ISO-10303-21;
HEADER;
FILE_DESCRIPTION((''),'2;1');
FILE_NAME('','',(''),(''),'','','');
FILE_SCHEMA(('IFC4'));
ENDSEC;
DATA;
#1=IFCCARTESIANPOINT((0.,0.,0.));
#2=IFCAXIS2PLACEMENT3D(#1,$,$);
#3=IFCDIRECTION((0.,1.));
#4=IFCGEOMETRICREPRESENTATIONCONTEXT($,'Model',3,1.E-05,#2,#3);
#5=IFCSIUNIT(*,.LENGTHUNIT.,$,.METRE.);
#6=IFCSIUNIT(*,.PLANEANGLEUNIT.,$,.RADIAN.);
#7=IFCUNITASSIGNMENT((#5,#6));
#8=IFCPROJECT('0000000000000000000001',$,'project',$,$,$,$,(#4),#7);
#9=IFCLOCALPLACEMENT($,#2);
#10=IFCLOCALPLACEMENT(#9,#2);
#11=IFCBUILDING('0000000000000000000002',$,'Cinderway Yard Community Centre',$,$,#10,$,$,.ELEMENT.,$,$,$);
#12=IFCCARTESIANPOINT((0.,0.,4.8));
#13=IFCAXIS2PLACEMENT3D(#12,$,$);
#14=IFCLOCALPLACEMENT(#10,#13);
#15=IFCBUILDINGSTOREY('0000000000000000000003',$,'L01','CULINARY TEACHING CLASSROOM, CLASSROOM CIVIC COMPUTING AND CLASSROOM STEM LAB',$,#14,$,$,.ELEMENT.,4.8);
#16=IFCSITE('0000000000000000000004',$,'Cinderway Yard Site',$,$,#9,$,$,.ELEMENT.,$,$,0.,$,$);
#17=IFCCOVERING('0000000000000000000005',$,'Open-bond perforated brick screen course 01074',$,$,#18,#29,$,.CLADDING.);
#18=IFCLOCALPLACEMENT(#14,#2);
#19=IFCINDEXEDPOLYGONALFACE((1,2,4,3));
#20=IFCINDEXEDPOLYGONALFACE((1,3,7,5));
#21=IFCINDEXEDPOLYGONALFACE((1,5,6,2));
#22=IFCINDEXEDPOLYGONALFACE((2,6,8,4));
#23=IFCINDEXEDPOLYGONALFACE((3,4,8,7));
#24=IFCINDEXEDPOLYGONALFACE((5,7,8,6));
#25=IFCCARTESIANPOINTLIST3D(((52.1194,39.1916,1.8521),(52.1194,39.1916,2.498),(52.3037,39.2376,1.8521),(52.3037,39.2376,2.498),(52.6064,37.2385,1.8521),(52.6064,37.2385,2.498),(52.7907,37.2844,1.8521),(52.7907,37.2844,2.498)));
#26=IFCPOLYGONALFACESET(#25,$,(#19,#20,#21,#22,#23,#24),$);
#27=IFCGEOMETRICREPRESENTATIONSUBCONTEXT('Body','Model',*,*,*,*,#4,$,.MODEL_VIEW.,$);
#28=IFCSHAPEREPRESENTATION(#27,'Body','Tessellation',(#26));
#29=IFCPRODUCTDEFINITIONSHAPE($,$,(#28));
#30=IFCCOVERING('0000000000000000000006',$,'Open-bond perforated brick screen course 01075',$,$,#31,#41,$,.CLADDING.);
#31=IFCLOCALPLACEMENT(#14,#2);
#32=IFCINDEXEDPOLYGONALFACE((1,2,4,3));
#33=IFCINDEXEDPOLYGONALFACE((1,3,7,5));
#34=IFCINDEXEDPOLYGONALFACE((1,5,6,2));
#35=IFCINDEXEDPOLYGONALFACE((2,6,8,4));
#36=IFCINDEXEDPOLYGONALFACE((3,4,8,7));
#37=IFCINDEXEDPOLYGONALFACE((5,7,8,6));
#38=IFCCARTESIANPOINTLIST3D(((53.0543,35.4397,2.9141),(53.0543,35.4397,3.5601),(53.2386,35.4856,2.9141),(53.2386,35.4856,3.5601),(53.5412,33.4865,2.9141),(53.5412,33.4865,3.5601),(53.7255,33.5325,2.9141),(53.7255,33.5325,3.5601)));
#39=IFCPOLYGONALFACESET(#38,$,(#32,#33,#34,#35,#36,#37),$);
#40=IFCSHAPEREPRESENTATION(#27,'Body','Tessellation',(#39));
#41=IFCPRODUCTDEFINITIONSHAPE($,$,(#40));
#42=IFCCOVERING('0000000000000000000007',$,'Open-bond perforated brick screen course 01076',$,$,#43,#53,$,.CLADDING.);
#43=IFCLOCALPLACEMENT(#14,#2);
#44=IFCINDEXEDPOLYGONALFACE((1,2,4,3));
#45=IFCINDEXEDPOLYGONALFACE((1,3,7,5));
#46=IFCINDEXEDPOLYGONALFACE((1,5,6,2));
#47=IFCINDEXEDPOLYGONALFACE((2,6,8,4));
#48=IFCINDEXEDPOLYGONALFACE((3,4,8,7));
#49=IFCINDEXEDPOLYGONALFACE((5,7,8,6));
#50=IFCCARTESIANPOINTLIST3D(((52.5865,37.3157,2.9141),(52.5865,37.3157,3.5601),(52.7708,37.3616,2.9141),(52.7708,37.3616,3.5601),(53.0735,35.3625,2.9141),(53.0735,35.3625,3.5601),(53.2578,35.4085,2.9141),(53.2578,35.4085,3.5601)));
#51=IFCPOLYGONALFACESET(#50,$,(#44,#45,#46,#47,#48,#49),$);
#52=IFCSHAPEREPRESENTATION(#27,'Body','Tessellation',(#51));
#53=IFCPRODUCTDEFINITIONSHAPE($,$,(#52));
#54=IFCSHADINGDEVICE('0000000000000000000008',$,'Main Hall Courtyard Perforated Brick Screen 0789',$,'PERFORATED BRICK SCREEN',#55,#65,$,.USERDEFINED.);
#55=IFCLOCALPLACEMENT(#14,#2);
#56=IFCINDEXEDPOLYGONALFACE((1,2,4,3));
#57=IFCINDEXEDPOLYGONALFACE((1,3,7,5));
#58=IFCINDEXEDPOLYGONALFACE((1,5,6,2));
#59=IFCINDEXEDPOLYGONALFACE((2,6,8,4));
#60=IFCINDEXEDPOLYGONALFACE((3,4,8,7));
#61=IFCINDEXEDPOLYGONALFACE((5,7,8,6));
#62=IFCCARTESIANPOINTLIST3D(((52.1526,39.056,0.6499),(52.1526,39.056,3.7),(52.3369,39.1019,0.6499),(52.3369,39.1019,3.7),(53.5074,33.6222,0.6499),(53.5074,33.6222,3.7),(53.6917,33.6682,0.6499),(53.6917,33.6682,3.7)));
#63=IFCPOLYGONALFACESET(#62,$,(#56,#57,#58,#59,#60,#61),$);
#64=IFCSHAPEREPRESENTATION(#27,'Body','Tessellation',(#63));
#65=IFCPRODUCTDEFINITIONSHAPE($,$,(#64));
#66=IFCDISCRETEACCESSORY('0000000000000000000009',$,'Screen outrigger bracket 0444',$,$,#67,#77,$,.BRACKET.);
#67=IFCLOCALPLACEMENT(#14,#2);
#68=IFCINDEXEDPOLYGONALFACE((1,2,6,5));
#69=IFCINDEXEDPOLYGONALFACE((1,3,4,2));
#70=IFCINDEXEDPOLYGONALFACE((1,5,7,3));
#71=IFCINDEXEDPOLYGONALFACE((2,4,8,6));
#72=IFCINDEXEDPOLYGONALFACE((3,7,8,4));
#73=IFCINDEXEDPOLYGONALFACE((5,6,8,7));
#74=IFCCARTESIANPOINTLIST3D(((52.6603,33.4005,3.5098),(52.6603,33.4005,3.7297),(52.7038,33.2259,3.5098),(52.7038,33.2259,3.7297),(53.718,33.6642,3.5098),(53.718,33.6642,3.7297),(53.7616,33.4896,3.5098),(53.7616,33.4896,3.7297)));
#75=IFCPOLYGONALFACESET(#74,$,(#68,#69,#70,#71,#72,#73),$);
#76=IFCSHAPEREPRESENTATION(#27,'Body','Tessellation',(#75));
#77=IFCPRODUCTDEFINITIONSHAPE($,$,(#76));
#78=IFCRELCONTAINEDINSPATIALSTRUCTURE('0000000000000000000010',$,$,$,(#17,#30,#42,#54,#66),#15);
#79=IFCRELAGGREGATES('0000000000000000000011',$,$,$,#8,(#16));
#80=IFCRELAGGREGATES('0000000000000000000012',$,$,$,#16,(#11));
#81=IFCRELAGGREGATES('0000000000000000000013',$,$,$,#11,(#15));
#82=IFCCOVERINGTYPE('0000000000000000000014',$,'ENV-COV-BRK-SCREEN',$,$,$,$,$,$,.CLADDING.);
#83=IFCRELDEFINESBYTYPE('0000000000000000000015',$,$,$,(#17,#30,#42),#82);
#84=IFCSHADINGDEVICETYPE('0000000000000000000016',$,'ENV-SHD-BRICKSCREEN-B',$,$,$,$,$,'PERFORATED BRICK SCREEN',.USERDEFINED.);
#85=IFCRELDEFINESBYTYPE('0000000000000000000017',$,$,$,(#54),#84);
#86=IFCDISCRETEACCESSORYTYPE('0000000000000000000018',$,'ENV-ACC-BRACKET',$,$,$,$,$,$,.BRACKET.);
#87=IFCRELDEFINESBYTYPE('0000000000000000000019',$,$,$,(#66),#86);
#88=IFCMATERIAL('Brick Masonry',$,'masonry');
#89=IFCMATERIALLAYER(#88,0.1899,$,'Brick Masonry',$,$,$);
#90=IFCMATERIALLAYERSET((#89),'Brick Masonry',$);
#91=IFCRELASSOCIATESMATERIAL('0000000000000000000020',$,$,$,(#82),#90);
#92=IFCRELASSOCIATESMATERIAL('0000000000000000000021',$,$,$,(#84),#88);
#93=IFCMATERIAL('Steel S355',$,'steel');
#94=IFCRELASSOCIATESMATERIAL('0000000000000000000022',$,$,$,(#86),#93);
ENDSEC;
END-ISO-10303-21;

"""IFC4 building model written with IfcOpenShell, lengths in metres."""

from ifc_helpers import new_model, si_unit, direction, frame, origin, origin_2d, place, context, subcontext, project, spatial, rectangle, extrude, material, layer, layer_set, type_object, element, save


model = new_model("IFC4")

# Units and contexts
model_context = context("Model", 3, precision=1e-05, world=origin(), true_north=direction((0.0, 1.0)))
body_context = subcontext(model_context, "Body", "Model", "MODEL_VIEW")
ifc_project = project(units=[si_unit("LENGTHUNIT", "METRE"), si_unit("PLANEANGLEUNIT", "RADIAN")], contexts=[model_context])

# Site, building, storey
site_placement = place(None, origin())
site = spatial("IfcSite", under=ifc_project, at=site_placement, Name="Cinderway Yard Site", CompositionType="ELEMENT", RefElevation=0.0)
building_placement = place(site_placement, origin())
building = spatial("IfcBuilding", under=site, at=building_placement, Name="Cinderway Yard Community Centre", CompositionType="ELEMENT")
storey_placement = place(building_placement, frame((0.0, 0.0, 4.8)))
storey = spatial("IfcBuildingStorey", under=building, at=storey_placement, Name="L01", Description="CULINARY TEACHING CLASSROOM, CLASSROOM CIVIC COMPUTING AND CLASSROOM STEM LAB", CompositionType="ELEMENT", Elevation=4.8)

# Shared definitions
ifc_material_1 = material(Name="Steel S355", Category="steel")

# Coverings
ifc_material_2 = material(Name="Brick Masonry", Category="masonry")
ifc_layer_1 = layer(ifc_material_2, 0.1899, Name="Brick Masonry")
ifc_layer_set_1 = layer_set([ifc_layer_1], Name="Brick Masonry")
covering_type = type_object("IfcCoveringType", Name="ENV-COV-BRK-SCREEN", PredefinedType="CLADDING", material=ifc_layer_set_1)
for number, where, z_axis, x_axis, name in (
    (1, (52.4551, 38.238, 1.8521), (0.0, 0.0, 1.0), (0.241922, -0.970296, 0.0), "Open-bond perforated brick screen course 01074"),
    (2, (53.3899, 34.4861, 2.9141), (0.0, 0.0, 1.0), (0.241922, -0.970296, 0.0), "Open-bond perforated brick screen course 01075"),
    (3, (52.9221, 36.3621, 2.9141), (0.0, 0.0, 1.0), (0.241922, -0.970296, 0.0), "Open-bond perforated brick screen course 01076"),
):
    element("IfcCovering", number, at=place(storey_placement, frame(where, z_axis=z_axis, x_axis=x_axis)), inside=storey, type_object=covering_type, Name=name, PredefinedType="CLADDING", context=body_context, shape_type="SweptSolid", body=[
        extrude(rectangle(XDim=2.0129, YDim=0.1899, at=origin_2d()), origin(), (0.0, 0.0, 1.0), 0.646),
    ])

# Shading device
shading_device_type = type_object("IfcShadingDeviceType", Name="ENV-SHD-BRICKSCREEN-B", ElementType="PERFORATED BRICK SCREEN", PredefinedType="USERDEFINED", material=ifc_material_2)
shading_device_placement = place(storey_placement, frame((52.9221, 36.3621, 0.6499), z_axis=(0.0, 0.0, 1.0), x_axis=(0.241922, -0.970296, 0.0)))
element("IfcShadingDevice", 4, at=shading_device_placement, inside=storey, type_object=shading_device_type, Name="Main Hall Courtyard Perforated Brick Screen 0789", ObjectType="PERFORATED BRICK SCREEN", PredefinedType="USERDEFINED", context=body_context, shape_type="SweptSolid", body=[
    extrude(rectangle(XDim=5.6001, YDim=0.1899, at=origin_2d()), origin(), (0.0, 0.0, 1.0), 3.05),
])

# Discrete accessory
discrete_accessory_type = type_object("IfcDiscreteAccessoryType", Name="ENV-ACC-BRACKET", PredefinedType="BRACKET", material=ifc_material_1)
discrete_accessory_placement = place(storey_placement, frame((53.2109, 33.4451, 3.5098), z_axis=(0.0, 0.0, 1.0), x_axis=(0.970296, 0.241922, 0.0)))
element("IfcDiscreteAccessory", 5, at=discrete_accessory_placement, inside=storey, type_object=discrete_accessory_type, Name="Screen outrigger bracket 0444", PredefinedType="BRACKET", context=body_context, shape_type="SweptSolid", body=[
    extrude(rectangle(XDim=1.0901, YDim=0.1799, at=origin_2d()), origin(), (0.0, 0.0, 1.0), 0.22),
])

save(model, "model.ifc")
